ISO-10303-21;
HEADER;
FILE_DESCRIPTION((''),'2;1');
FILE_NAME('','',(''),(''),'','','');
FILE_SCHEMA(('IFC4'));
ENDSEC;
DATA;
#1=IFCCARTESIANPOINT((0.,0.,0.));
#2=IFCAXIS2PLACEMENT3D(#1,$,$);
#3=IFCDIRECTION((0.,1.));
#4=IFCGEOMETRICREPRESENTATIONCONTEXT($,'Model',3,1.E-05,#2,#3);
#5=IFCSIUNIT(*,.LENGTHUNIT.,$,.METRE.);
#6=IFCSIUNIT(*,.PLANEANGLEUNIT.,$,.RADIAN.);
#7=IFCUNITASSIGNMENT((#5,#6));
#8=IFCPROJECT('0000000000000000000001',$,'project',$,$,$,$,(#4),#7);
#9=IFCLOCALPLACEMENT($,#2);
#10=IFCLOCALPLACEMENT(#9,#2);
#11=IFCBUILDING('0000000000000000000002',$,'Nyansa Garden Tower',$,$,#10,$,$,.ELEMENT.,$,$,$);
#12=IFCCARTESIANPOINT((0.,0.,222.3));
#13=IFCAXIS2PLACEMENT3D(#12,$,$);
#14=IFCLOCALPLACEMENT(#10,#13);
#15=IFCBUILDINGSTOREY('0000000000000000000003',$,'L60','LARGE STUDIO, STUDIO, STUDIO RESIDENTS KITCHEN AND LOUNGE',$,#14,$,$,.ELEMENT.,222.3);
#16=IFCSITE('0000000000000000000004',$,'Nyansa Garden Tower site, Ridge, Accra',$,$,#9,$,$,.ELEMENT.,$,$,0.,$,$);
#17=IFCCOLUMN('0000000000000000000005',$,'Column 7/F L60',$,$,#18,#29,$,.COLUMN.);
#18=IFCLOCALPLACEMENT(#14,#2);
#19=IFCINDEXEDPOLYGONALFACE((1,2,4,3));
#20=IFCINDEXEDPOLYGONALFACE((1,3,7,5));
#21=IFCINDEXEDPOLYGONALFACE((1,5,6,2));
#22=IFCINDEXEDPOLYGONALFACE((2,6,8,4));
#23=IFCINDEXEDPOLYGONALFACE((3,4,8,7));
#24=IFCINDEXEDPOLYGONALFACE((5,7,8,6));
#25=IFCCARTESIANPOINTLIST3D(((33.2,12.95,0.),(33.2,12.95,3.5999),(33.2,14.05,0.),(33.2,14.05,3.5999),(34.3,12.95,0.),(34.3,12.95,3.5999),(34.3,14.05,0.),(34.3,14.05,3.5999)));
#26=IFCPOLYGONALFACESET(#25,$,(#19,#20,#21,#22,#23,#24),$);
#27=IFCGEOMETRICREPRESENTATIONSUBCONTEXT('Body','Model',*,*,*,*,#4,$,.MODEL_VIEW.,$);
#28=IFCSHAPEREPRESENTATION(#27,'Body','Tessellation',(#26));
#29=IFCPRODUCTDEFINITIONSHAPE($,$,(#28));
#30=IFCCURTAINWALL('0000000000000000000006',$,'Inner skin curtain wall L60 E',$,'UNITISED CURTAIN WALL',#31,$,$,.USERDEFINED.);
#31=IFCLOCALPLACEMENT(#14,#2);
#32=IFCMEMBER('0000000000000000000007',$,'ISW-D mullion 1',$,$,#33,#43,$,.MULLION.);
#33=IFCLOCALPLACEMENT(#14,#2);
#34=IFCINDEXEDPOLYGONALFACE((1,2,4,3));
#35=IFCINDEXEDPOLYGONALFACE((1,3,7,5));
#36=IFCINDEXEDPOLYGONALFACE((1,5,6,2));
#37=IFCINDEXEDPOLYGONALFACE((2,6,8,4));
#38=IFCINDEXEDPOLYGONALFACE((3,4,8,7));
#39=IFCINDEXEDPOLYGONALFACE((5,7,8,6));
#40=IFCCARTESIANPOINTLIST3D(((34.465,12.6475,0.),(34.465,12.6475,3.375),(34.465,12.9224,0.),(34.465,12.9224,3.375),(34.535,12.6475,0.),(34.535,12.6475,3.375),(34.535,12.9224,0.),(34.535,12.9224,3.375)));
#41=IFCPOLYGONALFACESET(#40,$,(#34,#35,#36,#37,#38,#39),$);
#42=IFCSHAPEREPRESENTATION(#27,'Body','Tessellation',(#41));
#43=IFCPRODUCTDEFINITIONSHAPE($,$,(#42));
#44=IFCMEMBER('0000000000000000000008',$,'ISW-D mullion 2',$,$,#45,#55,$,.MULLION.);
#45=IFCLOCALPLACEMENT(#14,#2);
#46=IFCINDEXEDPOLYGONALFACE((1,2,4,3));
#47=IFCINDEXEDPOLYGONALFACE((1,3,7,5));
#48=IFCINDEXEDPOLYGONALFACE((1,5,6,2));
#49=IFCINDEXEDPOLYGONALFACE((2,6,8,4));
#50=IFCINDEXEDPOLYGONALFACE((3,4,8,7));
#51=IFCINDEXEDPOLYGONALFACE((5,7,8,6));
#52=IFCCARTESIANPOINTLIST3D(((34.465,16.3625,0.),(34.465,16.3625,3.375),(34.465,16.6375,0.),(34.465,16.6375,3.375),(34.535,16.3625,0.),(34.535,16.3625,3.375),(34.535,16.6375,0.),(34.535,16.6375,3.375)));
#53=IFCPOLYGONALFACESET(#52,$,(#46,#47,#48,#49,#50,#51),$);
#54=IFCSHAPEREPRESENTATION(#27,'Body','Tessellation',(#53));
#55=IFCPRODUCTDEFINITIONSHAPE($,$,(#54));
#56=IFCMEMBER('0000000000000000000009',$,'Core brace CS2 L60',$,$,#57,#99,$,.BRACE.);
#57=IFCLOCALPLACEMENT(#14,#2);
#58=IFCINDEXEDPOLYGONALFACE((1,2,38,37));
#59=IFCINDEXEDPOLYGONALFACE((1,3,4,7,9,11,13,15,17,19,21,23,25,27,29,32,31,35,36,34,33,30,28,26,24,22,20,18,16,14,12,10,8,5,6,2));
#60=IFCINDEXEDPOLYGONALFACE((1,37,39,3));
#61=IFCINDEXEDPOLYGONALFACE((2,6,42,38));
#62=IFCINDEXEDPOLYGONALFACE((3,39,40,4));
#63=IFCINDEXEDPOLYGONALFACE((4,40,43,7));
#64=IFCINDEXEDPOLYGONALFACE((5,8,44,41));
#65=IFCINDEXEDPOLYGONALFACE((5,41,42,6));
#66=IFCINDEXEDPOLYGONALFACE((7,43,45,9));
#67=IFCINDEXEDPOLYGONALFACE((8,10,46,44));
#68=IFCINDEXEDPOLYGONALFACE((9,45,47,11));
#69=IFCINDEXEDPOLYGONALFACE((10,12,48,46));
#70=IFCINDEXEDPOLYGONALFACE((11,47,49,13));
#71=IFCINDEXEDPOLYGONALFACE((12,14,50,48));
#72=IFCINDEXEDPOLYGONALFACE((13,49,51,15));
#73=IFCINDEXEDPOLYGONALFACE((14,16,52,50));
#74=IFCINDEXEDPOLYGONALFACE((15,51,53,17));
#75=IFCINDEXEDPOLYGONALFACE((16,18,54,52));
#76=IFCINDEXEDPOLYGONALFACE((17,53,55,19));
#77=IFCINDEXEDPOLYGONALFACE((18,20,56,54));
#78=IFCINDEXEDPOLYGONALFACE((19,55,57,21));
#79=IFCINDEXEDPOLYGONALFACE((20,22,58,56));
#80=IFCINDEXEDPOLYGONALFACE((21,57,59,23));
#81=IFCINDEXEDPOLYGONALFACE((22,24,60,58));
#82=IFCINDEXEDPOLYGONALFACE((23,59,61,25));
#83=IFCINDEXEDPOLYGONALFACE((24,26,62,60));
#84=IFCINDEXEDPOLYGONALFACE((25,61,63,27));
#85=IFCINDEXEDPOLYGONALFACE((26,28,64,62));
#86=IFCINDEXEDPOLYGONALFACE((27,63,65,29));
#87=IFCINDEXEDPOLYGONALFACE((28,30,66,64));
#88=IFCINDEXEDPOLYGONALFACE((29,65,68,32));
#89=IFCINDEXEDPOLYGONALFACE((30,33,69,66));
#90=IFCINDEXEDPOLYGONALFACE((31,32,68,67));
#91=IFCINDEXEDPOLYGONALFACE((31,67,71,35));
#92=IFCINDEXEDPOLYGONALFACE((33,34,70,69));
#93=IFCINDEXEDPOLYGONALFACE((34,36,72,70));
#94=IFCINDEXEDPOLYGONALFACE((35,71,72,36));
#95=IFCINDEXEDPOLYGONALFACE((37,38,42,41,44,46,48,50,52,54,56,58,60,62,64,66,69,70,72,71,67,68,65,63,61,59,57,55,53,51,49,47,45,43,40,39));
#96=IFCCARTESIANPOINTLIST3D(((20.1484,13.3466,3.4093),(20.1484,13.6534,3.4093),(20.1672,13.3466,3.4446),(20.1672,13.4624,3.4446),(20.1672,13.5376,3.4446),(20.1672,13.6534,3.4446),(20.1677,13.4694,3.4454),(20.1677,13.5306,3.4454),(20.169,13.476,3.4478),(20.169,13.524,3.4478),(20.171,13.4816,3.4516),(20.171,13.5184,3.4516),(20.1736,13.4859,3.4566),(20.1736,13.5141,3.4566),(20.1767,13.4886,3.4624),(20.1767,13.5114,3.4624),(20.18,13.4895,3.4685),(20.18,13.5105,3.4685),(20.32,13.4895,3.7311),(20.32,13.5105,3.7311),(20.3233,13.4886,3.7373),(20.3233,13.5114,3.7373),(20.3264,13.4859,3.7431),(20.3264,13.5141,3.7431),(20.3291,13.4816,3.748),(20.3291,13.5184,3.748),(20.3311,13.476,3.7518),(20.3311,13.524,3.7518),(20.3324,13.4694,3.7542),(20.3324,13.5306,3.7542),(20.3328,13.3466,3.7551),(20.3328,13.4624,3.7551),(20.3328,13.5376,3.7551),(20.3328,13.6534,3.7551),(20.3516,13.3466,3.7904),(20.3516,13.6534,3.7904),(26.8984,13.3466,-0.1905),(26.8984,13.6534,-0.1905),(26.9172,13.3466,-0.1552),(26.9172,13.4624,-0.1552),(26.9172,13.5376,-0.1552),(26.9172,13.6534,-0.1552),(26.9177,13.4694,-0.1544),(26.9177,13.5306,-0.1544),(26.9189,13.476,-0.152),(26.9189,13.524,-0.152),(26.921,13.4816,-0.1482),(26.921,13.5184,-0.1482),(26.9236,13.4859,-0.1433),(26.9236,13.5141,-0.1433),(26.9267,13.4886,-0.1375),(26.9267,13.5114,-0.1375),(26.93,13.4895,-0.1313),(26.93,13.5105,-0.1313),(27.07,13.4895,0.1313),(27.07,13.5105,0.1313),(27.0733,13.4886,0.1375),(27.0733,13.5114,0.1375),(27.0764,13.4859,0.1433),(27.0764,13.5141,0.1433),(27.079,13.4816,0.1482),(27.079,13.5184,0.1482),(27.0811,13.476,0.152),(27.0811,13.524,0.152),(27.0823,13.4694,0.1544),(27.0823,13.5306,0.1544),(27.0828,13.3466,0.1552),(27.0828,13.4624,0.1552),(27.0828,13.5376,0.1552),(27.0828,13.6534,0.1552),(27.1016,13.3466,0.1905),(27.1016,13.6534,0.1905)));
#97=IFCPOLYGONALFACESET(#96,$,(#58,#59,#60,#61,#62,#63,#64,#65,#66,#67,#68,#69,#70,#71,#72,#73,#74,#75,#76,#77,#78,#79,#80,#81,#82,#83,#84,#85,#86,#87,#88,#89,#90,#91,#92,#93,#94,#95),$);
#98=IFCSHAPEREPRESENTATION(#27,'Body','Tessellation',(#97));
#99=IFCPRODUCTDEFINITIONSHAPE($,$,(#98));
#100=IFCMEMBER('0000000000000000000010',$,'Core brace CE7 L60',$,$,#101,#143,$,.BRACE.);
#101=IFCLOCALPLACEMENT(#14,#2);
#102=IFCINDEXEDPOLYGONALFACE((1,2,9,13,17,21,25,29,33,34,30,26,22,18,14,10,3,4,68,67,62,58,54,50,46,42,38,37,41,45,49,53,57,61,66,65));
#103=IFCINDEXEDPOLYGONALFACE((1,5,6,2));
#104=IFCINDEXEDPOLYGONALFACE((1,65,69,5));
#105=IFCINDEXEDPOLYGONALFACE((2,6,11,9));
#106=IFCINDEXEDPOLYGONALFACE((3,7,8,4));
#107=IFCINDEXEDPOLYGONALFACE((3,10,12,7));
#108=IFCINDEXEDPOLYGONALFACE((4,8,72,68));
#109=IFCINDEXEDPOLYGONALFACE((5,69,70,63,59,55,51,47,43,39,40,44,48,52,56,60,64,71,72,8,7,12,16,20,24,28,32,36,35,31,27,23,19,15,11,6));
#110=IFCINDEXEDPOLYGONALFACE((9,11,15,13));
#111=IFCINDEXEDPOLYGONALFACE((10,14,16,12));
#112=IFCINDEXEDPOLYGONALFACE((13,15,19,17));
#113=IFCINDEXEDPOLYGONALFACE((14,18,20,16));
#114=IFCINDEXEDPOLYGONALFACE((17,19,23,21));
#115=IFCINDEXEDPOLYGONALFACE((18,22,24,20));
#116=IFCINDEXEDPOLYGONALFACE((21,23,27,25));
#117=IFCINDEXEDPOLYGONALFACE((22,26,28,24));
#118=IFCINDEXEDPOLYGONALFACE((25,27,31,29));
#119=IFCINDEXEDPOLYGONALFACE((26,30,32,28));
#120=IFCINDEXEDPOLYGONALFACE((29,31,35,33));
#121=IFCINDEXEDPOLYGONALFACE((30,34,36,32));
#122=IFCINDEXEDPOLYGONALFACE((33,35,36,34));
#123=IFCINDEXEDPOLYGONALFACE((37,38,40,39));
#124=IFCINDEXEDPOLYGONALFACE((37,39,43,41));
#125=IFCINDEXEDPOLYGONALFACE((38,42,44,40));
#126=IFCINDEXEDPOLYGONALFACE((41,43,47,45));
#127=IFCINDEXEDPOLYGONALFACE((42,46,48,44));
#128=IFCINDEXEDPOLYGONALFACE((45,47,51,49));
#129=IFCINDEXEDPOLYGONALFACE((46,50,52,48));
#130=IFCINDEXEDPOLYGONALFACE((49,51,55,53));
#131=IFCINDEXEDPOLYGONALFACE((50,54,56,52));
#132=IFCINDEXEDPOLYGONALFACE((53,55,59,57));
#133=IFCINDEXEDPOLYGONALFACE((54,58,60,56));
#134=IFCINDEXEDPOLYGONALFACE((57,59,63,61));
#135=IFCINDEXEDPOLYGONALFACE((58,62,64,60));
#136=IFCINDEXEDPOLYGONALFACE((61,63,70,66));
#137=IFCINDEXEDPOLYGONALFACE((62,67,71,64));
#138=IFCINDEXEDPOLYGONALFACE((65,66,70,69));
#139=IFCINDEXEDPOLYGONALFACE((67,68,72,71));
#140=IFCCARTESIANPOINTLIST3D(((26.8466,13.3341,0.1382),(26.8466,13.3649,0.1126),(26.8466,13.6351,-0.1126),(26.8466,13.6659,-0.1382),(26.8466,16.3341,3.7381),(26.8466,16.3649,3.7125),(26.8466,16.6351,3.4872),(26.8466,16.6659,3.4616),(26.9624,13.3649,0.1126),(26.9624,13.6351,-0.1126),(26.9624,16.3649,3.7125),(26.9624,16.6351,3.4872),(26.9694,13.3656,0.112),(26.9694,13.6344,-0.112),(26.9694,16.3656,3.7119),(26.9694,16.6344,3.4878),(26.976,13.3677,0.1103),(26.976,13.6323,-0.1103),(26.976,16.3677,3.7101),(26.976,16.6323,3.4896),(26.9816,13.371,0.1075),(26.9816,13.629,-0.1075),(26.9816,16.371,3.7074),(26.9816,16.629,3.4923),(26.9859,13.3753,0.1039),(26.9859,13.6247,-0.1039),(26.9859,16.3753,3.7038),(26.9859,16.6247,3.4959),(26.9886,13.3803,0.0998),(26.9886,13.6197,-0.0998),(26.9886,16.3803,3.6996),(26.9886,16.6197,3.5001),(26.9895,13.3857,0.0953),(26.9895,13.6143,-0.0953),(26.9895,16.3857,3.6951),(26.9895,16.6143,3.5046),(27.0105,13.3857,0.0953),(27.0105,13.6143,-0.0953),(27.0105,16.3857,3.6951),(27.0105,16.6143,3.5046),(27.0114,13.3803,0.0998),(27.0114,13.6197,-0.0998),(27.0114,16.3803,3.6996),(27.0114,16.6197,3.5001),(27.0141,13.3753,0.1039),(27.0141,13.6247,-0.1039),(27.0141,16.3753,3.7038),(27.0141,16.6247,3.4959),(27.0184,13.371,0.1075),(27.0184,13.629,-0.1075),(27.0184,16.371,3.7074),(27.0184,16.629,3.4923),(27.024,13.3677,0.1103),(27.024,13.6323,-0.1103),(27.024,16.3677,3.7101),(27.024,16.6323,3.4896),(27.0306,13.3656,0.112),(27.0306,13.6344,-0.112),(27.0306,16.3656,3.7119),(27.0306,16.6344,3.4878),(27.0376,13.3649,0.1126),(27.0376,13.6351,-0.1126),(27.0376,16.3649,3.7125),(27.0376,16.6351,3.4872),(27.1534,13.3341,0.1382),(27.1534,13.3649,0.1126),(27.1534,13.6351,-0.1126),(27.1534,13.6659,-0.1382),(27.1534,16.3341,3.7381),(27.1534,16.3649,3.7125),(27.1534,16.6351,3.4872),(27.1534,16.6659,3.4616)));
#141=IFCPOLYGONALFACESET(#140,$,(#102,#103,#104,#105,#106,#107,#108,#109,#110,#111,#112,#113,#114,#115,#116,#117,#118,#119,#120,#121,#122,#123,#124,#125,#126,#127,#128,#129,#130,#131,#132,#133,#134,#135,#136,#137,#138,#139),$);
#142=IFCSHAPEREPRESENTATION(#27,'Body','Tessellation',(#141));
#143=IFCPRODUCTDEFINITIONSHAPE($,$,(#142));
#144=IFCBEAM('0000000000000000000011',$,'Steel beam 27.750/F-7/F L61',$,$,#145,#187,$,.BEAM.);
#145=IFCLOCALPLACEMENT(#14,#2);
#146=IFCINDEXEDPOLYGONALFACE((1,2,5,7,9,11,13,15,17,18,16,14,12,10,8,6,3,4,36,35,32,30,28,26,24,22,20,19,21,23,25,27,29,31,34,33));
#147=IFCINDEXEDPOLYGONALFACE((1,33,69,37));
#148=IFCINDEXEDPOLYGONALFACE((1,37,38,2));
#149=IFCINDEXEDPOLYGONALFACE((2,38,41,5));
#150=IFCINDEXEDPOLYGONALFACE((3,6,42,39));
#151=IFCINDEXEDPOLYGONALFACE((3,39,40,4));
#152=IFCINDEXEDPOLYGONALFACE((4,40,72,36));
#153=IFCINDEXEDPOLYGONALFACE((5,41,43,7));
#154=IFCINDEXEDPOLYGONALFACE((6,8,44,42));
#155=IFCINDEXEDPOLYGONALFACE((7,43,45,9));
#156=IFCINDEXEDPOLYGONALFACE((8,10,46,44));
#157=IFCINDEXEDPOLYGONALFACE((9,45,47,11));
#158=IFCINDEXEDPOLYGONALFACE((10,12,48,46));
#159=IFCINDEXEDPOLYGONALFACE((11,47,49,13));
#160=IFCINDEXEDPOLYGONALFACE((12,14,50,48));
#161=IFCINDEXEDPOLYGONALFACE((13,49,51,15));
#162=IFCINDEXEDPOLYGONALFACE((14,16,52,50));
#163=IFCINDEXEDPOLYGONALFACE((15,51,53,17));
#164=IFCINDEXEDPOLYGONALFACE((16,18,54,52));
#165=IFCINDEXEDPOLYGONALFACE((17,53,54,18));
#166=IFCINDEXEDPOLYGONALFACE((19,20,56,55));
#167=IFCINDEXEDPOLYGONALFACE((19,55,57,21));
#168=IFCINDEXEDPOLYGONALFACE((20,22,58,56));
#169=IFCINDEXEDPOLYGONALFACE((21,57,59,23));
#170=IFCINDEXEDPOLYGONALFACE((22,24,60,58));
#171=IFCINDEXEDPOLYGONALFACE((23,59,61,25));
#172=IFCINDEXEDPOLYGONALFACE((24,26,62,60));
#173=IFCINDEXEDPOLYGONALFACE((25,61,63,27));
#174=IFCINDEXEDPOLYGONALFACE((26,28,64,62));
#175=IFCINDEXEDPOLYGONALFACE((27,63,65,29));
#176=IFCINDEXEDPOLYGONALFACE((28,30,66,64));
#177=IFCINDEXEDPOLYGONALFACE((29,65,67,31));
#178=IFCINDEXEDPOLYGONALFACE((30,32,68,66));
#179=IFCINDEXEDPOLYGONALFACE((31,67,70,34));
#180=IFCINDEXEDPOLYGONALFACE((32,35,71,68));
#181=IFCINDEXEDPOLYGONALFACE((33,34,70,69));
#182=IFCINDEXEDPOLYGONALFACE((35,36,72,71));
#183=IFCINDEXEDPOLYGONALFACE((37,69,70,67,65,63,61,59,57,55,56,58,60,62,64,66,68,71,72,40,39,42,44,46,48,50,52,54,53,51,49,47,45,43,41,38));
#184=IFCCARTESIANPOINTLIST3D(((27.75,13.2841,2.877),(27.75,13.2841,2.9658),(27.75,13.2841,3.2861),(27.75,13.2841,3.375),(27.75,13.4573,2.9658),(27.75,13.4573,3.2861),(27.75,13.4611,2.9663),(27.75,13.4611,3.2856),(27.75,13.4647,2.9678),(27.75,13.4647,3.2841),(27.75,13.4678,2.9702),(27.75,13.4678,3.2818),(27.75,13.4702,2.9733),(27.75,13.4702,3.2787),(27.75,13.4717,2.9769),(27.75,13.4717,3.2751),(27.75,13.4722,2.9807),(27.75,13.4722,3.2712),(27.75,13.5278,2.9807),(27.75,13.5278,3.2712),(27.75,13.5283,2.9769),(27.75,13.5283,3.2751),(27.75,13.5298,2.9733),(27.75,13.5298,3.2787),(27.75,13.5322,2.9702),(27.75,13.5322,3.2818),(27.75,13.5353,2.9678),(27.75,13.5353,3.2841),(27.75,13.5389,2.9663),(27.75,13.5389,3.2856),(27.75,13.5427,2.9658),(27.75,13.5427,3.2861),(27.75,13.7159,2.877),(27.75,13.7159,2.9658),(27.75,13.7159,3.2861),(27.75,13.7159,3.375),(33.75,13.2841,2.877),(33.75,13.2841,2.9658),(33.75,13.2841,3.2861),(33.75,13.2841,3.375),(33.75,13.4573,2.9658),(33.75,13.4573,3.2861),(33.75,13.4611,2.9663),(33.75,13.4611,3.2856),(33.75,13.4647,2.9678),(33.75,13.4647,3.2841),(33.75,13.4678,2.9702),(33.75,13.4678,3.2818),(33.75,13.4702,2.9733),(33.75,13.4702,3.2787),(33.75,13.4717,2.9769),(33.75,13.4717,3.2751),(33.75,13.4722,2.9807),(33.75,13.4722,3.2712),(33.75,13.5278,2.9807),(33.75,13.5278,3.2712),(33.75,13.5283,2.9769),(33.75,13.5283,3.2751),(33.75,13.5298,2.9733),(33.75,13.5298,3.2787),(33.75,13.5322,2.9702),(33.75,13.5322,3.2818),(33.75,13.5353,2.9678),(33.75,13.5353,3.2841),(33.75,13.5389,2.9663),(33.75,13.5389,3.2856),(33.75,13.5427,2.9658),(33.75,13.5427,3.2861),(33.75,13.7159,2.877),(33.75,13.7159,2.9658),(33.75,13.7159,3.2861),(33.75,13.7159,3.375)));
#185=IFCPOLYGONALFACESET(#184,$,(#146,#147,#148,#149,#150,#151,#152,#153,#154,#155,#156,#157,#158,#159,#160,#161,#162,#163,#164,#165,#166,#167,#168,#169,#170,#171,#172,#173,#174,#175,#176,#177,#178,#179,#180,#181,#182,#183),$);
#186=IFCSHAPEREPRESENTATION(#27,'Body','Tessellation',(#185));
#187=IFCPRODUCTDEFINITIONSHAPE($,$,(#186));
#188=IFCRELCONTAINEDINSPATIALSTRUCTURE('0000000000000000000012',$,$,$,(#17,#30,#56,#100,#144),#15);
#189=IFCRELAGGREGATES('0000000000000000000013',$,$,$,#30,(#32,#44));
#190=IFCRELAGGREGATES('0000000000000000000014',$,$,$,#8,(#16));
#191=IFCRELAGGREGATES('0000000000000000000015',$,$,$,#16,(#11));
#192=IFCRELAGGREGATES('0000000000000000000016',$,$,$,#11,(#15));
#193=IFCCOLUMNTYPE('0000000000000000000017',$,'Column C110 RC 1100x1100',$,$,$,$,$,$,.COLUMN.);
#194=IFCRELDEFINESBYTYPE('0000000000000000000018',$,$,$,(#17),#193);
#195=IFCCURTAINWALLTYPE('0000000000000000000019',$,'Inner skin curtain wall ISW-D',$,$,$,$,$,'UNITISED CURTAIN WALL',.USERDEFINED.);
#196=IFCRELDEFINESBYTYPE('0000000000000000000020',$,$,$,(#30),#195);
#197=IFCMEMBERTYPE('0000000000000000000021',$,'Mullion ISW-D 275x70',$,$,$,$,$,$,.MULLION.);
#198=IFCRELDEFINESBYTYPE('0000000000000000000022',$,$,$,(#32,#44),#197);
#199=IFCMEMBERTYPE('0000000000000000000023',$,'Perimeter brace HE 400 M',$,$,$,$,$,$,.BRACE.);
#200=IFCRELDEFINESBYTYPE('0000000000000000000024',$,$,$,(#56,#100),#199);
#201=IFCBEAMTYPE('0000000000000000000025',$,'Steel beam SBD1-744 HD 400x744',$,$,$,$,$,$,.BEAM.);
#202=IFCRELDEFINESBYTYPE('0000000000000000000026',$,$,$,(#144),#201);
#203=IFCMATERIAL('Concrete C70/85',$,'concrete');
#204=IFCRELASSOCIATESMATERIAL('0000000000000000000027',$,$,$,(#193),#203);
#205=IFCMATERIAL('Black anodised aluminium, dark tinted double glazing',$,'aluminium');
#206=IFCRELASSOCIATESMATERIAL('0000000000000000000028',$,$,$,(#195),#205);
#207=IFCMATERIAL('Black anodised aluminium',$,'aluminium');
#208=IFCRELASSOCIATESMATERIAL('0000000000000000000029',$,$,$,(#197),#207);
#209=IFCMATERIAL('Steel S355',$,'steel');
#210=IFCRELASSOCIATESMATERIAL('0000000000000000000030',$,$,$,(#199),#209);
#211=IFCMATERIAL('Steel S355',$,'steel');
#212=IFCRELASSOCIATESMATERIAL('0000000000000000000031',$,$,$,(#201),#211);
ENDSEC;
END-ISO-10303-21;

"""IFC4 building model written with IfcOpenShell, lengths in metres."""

from ifc_helpers import new_model, si_unit, direction, frame, origin, origin_2d, place, context, subcontext, project, spatial, rectangle, i_section, extrude, material, material_profile, profile_set, type_object, element, aggregate, save


model = new_model("IFC4")

# Units and contexts
model_context = context("Model", 3, precision=1e-05, world=origin(), true_north=direction((0.0, 1.0)))
body_context = subcontext(model_context, "Body", "Model", "MODEL_VIEW")
ifc_project = project(units=[si_unit("LENGTHUNIT", "METRE"), si_unit("PLANEANGLEUNIT", "RADIAN")], contexts=[model_context])

# Site, building, storey
site_placement = place(None, origin())
site = spatial("IfcSite", under=ifc_project, at=site_placement, Name="Nyansa Garden Tower site, Ridge, Accra", CompositionType="ELEMENT", RefElevation=0.0)
building_placement = place(site_placement, origin())
building = spatial("IfcBuilding", under=site, at=building_placement, Name="Nyansa Garden Tower", CompositionType="ELEMENT")
storey_placement = place(building_placement, frame((0.0, 0.0, 222.3)))
storey = spatial("IfcBuildingStorey", under=building, at=storey_placement, Name="L60", Description="LARGE STUDIO, STUDIO, STUDIO RESIDENTS KITCHEN AND LOUNGE", CompositionType="ELEMENT", Elevation=222.3)

# Column
ifc_material_1 = material(Name="Concrete C70/85", Category="concrete")
ifc_material_profile_1 = material_profile(ifc_material_1, rectangle(XDim=1.1001, YDim=1.1001, at=origin_2d()), Name="RC 1100x1100")
ifc_profile_set_1 = profile_set([ifc_material_profile_1], Name="Concrete C70/85")
column_type = type_object("IfcColumnType", Name="Column C110 RC 1100x1100", PredefinedType="COLUMN", material=ifc_profile_set_1)
column_placement = place(storey_placement, frame((33.75, 13.5, 0.0), z_axis=(0.0, 0.0, 1.0), x_axis=(1.0, 0.0, 0.0)))
element("IfcColumn", 1, at=column_placement, inside=storey, type_object=column_type, Name="Column 7/F L60", PredefinedType="COLUMN", context=body_context, shape_type="SweptSolid", body=[
    extrude(rectangle(XDim=1.1001, YDim=1.1001, at=origin_2d()), origin(), (0.0, 0.0, 1.0), 3.5999),
])

# Curtain wall, members
ifc_material_2 = material(Name="Black anodised aluminium, dark tinted double glazing", Category="aluminium")
curtain_wall_type = type_object("IfcCurtainWallType", Name="Inner skin curtain wall ISW-D", ElementType="UNITISED CURTAIN WALL", PredefinedType="USERDEFINED", material=ifc_material_2)
curtain_wall_placement = place(storey_placement, origin())
curtain_wall = element("IfcCurtainWall", 2, at=curtain_wall_placement, inside=storey, type_object=curtain_wall_type, Name="Inner skin curtain wall L60 E", ObjectType="UNITISED CURTAIN WALL", PredefinedType="USERDEFINED")
ifc_material_3 = material(Name="Black anodised aluminium", Category="aluminium")
ifc_material_profile_2 = material_profile(ifc_material_3, rectangle(XDim=0.0701, YDim=0.2749, at=origin_2d()), Name="Mullion 275x70")
ifc_profile_set_2 = profile_set([ifc_material_profile_2], Name="Black anodised aluminium")
member_type_1 = type_object("IfcMemberType", Name="Mullion ISW-D 275x70", PredefinedType="MULLION", material=ifc_profile_set_2)
member_1_placement = place(storey_placement, frame((34.5, 12.7849, 0.0), z_axis=(0.0, 0.0, 1.0), x_axis=(-1.0, 0.0, 0.0)))
member_1 = element("IfcMember", 3, at=member_1_placement, type_object=member_type_1, Name="ISW-D mullion 1", PredefinedType="MULLION", context=body_context, shape_type="SweptSolid", body=[
    extrude(rectangle(XDim=0.0701, YDim=0.2749, at=origin_2d()), origin(), (0.0, 0.0, 1.0), 3.375),
])
member_2_placement = place(storey_placement, frame((34.5, 16.5, 0.0), z_axis=(0.0, 0.0, 1.0), x_axis=(-1.0, 0.0, 0.0)))
member_2 = element("IfcMember", 4, at=member_2_placement, type_object=member_type_1, Name="ISW-D mullion 2", PredefinedType="MULLION", context=body_context, shape_type="SweptSolid", body=[
    extrude(rectangle(XDim=0.0701, YDim=0.2749, at=origin_2d()), origin(), (0.0, 0.0, 1.0), 3.375),
])

# Members
ifc_material_4 = material(Name="Steel S355", Category="steel")
ifc_material_profile_3 = material_profile(ifc_material_4, i_section(OverallWidth=0.3069, OverallDepth=0.4319, WebThickness=0.021, FlangeThickness=0.04, FilletRadius=0.0271, at=origin_2d()), Name="HE 400 M")
ifc_profile_set_3 = profile_set([ifc_material_profile_3], Name="Steel S355")
member_type_2 = type_object("IfcMemberType", Name="Perimeter brace HE 400 M", PredefinedType="BRACE", material=ifc_profile_set_3)
member_3_placement = place(storey_placement, frame((27.0, 13.5, 0.0), z_axis=(-0.882361, 0.0, 0.470573), x_axis=(0.0, -1.0, 0.0)))
element("IfcMember", 5, at=member_3_placement, inside=storey, type_object=member_type_2, Name="Core brace CS2 L60", PredefinedType="BRACE", context=body_context, shape_type="SweptSolid", body=[
    extrude(i_section(OverallWidth=0.3069, OverallDepth=0.4319, WebThickness=0.021, FlangeThickness=0.04, FilletRadius=0.0271, at=origin_2d()), origin(), (0.0, 0.0, 1.0), 7.6499),
])
member_4_placement = place(storey_placement, frame((27.0, 13.5, 0.0), z_axis=(0.0, 0.6402, 0.768208), x_axis=(-1.0, 0.0, 0.0)))
element("IfcMember", 6, at=member_4_placement, inside=storey, type_object=member_type_2, Name="Core brace CE7 L60", PredefinedType="BRACE", context=body_context, shape_type="SweptSolid", body=[
    extrude(i_section(OverallWidth=0.3069, OverallDepth=0.4319, WebThickness=0.021, FlangeThickness=0.04, FilletRadius=0.0271, at=origin_2d()), origin(), (0.0, 0.0, 1.0), 4.686),
])

# Beam
ifc_material_5 = material(Name="Steel S355", Category="steel")
ifc_material_profile_4 = material_profile(ifc_material_5, i_section(OverallWidth=0.4319, OverallDepth=0.498, WebThickness=0.0557, FlangeThickness=0.0889, FilletRadius=0.0149, at=origin_2d()), Name="HD 400x744")
ifc_profile_set_4 = profile_set([ifc_material_profile_4], Name="Steel S355")
beam_type_1 = type_object("IfcBeamType", Name="Steel beam SBD1-744 HD 400x744", PredefinedType="BEAM", material=ifc_profile_set_4)
beam_1_placement = place(storey_placement, frame((27.75, 13.5, 3.126), z_axis=(1.0, 0.0, 0.0), x_axis=(0.0, 1.0, 0.0)))
element("IfcBeam", 7, at=beam_1_placement, inside=storey, type_object=beam_type_1, Name="Steel beam 27.750/F-7/F L61", PredefinedType="BEAM", context=body_context, shape_type="SweptSolid", body=[
    extrude(i_section(OverallWidth=0.4319, OverallDepth=0.498, WebThickness=0.0557, FlangeThickness=0.0889, FilletRadius=0.0149, at=origin_2d()), origin(), (0.0, 0.0, 1.0), 6.0),
])

aggregate(curtain_wall, [member_1, member_2])

save(model, "model.ifc")
